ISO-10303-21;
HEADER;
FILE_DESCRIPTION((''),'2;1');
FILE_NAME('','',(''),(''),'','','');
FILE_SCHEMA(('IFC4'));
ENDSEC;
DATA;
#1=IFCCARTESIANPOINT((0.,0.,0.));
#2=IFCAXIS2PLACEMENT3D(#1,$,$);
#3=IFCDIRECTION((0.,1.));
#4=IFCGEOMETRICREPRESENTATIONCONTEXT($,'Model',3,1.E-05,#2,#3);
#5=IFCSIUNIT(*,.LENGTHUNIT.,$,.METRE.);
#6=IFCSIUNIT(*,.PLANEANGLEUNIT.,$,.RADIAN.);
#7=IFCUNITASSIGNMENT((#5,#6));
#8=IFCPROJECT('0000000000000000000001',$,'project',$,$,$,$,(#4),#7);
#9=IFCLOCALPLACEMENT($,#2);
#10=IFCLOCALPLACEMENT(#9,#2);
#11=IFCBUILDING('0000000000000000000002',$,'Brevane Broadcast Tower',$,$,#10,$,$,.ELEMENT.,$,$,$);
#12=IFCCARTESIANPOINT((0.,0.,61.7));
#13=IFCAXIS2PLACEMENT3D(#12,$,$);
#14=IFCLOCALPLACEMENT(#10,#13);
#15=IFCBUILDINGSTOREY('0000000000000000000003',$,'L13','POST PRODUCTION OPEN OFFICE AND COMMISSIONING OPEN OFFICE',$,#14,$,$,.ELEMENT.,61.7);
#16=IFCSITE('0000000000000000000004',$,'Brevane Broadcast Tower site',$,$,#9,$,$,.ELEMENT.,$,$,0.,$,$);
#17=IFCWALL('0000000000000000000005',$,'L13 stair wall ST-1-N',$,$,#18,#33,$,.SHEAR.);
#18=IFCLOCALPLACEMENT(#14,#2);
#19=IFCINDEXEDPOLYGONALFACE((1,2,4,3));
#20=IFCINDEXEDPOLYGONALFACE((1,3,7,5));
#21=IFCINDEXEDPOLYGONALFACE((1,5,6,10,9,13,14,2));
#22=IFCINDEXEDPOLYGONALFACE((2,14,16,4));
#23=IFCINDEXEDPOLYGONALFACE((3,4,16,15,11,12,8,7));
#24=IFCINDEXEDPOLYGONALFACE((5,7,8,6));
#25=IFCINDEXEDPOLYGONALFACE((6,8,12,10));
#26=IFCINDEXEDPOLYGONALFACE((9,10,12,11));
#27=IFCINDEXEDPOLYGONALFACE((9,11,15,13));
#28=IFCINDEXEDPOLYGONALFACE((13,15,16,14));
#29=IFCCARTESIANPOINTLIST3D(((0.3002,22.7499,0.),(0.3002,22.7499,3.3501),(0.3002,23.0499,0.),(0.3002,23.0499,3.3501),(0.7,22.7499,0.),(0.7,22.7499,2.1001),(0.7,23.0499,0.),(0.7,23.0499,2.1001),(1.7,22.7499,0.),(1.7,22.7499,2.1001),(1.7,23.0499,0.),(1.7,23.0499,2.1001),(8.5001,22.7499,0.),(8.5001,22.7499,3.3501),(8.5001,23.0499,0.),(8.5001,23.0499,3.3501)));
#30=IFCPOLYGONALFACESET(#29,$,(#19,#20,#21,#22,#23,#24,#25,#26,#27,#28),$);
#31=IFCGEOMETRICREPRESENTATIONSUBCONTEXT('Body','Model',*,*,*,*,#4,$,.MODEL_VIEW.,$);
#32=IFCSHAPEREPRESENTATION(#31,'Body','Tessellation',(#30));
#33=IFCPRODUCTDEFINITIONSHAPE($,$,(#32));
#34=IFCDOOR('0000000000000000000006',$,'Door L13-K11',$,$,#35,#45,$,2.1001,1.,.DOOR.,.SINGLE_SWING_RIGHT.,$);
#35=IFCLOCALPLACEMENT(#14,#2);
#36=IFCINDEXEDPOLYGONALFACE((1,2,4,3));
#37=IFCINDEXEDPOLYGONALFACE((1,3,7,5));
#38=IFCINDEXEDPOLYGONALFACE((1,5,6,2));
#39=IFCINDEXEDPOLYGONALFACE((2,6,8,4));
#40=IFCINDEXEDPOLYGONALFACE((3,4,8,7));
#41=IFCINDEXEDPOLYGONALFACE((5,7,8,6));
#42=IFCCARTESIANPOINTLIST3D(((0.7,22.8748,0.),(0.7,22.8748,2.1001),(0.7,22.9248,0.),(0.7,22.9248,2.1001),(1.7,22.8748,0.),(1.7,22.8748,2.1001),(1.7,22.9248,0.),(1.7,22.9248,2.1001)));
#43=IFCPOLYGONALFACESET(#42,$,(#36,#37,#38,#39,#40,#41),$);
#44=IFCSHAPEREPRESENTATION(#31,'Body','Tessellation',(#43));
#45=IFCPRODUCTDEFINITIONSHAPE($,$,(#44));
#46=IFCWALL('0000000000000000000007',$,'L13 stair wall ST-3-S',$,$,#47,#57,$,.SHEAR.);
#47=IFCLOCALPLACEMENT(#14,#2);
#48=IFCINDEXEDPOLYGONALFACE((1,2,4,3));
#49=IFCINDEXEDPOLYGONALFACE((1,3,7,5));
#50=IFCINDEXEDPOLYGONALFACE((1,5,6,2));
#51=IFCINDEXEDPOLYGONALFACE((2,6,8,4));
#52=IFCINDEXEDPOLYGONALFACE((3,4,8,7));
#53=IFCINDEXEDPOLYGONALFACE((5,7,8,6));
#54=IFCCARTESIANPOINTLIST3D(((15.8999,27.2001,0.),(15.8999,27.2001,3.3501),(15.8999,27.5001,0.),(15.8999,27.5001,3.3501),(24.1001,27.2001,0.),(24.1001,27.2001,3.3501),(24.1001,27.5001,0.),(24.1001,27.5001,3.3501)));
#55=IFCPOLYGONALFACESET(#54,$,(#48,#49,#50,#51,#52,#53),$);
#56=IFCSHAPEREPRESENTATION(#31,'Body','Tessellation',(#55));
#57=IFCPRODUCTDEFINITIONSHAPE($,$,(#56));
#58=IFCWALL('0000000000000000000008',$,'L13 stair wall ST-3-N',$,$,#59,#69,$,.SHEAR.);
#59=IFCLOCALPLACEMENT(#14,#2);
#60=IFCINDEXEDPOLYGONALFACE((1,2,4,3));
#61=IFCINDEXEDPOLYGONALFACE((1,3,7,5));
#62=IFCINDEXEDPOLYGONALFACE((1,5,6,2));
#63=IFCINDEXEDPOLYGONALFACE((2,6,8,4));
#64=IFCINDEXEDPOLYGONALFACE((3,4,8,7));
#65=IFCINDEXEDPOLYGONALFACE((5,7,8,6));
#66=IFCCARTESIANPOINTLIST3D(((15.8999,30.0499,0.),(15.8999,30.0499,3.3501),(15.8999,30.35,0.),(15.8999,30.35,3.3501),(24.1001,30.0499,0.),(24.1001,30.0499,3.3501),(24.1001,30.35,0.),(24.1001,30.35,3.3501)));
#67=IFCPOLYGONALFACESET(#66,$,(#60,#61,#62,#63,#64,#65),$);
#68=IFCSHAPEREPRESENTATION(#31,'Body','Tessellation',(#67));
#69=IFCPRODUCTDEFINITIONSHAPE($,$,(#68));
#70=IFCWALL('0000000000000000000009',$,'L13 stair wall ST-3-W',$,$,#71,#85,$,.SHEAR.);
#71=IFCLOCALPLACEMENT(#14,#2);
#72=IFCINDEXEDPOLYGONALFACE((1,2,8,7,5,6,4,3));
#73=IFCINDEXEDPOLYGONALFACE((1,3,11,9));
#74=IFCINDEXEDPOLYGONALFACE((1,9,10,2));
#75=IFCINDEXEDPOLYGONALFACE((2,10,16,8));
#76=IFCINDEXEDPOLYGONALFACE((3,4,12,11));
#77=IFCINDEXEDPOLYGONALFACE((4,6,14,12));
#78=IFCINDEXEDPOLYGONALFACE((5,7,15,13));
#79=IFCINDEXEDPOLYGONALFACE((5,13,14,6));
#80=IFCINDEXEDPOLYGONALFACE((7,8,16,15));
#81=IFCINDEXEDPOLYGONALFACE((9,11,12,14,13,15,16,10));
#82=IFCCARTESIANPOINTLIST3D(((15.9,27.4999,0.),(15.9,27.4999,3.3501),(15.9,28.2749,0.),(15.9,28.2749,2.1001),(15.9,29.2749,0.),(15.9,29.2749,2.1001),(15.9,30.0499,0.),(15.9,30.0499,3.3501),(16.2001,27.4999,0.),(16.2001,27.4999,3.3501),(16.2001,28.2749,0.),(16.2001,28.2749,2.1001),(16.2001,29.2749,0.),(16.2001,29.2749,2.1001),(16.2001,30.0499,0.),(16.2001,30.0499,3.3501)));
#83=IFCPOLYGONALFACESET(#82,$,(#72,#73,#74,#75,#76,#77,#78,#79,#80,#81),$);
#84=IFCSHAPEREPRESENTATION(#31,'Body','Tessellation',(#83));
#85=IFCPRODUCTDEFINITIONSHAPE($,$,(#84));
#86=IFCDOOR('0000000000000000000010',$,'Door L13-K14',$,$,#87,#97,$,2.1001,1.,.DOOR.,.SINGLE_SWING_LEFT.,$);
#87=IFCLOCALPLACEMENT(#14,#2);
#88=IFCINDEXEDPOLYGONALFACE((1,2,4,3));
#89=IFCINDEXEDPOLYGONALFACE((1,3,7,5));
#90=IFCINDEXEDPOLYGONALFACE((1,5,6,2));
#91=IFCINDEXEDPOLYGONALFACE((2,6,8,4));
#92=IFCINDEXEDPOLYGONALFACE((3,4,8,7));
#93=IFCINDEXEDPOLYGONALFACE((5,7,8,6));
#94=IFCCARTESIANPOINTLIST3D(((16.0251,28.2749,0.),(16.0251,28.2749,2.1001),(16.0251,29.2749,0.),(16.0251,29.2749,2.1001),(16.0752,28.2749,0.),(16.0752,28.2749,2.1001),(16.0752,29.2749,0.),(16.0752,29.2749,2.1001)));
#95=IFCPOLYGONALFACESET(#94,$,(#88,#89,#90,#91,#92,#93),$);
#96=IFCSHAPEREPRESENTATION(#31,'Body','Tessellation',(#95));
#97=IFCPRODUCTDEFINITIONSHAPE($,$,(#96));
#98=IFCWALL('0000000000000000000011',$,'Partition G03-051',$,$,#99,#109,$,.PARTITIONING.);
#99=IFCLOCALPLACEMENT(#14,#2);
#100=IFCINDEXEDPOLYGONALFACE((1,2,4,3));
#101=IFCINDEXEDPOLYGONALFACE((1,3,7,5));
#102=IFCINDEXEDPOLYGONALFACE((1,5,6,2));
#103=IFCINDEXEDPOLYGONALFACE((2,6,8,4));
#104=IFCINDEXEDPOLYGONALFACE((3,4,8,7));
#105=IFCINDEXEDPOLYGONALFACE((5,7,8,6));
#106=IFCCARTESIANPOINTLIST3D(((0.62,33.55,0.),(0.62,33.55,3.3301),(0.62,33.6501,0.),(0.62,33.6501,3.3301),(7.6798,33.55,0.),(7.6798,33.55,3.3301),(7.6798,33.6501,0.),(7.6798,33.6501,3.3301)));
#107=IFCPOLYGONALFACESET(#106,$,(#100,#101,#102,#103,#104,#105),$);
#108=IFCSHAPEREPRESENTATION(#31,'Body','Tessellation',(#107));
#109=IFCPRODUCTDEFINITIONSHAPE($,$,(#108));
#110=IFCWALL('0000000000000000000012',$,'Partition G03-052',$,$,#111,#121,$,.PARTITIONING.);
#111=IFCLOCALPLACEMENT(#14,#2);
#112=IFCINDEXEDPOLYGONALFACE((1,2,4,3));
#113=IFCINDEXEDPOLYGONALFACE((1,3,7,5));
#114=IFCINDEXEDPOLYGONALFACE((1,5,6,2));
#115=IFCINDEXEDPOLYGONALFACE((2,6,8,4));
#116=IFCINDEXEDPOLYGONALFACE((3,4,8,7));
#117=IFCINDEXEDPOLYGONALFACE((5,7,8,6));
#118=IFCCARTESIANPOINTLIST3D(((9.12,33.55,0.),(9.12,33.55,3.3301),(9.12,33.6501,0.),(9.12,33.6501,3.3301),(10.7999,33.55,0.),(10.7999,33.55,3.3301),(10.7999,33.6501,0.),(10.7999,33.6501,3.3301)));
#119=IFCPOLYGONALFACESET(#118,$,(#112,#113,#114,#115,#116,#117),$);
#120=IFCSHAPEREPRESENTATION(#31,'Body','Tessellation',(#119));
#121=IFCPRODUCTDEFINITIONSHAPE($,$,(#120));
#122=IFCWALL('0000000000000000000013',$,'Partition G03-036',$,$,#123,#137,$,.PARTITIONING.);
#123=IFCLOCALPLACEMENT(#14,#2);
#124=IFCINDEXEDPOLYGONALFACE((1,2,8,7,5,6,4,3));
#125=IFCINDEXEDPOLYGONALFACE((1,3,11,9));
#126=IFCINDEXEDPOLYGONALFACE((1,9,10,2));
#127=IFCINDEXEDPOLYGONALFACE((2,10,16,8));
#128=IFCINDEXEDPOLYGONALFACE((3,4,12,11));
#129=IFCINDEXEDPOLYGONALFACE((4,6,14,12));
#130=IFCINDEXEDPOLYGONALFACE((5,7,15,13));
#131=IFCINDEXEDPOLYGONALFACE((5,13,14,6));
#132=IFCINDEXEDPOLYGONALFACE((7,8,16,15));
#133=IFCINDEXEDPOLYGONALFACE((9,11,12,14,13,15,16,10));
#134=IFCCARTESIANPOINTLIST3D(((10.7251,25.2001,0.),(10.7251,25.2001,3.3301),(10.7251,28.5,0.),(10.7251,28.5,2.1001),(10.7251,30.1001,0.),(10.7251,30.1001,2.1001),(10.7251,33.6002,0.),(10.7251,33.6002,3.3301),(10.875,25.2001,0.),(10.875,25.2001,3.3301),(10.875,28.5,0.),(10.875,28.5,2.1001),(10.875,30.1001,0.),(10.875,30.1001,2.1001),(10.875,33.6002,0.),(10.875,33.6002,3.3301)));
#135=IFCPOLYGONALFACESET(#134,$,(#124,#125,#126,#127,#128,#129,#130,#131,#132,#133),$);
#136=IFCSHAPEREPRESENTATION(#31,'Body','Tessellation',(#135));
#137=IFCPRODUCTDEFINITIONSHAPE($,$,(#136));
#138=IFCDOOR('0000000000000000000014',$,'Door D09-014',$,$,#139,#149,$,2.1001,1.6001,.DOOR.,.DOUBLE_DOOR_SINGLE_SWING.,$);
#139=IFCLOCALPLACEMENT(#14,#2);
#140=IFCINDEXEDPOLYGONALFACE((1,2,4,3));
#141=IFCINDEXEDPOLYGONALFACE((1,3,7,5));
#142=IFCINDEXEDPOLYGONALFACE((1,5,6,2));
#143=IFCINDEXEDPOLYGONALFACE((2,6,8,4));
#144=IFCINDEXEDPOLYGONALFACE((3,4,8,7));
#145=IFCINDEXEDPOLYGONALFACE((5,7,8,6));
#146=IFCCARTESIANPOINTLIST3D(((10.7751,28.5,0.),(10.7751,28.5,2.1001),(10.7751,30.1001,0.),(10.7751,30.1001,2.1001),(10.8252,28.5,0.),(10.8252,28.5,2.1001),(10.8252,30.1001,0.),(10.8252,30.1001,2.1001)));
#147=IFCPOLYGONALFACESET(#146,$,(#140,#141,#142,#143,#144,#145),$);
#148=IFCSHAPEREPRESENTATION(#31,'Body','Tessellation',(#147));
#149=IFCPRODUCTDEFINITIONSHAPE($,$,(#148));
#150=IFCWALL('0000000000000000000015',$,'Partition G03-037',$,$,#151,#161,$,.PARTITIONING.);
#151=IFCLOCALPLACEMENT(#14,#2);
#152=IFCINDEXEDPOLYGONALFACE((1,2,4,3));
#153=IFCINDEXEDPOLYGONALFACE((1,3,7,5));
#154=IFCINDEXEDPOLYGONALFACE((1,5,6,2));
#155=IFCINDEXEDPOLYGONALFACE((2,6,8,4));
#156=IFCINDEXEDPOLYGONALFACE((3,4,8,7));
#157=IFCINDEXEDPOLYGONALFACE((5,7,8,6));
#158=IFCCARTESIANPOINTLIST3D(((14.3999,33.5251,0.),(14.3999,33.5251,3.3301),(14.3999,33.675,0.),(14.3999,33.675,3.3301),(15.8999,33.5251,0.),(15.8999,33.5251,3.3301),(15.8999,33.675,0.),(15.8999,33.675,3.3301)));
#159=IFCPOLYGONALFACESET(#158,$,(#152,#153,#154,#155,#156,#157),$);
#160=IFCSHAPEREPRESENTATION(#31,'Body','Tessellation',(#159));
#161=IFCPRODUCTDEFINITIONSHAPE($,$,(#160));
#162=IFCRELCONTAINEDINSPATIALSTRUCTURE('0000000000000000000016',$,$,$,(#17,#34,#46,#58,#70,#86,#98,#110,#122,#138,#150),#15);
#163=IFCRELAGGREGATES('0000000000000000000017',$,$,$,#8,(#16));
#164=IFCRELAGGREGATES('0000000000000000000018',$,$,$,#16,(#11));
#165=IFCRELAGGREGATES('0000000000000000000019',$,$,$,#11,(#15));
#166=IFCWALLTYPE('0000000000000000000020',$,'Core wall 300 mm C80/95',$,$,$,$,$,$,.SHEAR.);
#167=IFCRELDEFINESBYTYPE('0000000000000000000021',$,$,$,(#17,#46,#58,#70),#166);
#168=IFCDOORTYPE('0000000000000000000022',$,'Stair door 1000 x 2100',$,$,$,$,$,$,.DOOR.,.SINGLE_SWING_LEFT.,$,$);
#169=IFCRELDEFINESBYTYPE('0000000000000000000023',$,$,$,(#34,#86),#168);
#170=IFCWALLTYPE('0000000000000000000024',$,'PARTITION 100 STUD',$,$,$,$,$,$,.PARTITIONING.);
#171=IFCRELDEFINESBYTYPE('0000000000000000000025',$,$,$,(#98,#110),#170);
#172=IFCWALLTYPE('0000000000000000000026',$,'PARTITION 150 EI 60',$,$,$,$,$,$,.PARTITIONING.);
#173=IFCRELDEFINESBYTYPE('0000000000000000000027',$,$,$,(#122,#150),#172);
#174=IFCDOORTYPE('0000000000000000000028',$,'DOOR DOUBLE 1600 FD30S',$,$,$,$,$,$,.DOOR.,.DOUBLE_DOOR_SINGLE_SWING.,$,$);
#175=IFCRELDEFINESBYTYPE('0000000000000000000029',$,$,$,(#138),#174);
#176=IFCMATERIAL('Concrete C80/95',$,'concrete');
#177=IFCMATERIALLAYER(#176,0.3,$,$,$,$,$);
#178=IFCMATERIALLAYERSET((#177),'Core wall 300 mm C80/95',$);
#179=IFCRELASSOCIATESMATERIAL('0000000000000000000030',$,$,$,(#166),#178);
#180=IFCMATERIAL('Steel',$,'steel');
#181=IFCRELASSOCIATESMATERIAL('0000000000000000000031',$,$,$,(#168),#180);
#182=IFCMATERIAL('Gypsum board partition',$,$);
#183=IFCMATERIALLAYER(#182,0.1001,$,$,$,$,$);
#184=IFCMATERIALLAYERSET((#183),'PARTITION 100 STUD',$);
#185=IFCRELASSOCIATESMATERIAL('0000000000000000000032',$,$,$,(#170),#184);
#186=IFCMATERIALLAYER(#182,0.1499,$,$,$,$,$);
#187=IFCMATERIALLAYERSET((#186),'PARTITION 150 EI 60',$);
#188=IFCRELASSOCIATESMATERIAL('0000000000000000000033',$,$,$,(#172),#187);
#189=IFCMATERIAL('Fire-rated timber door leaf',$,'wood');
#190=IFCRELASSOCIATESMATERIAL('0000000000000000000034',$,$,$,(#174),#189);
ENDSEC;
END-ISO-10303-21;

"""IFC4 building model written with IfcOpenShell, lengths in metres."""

from ifc_helpers import new_model, si_unit, direction, frame, frame_2d, origin, place, context, subcontext, project, spatial, rectangle, extrude, material, layer, layer_set, type_object, element, fill, save


model = new_model("IFC4")

# Units and contexts
model_context = context("Model", 3, precision=1e-05, world=origin(), true_north=direction((0.0, 1.0)))
body_context = subcontext(model_context, "Body", "Model", "MODEL_VIEW")
ifc_project = project(units=[si_unit("LENGTHUNIT", "METRE"), si_unit("PLANEANGLEUNIT", "RADIAN")], contexts=[model_context])

# Site, building, storey
site_placement = place(None, origin())
site = spatial("IfcSite", under=ifc_project, at=site_placement, Name="Brevane Broadcast Tower site", CompositionType="ELEMENT", RefElevation=0.0)
building_placement = place(site_placement, origin())
building = spatial("IfcBuilding", under=site, at=building_placement, Name="Brevane Broadcast Tower", CompositionType="ELEMENT")
storey_placement = place(building_placement, frame((0.0, 0.0, 61.7)))
storey = spatial("IfcBuildingStorey", under=building, at=storey_placement, Name="L13", Description="POST PRODUCTION OPEN OFFICE AND COMMISSIONING OPEN OFFICE", CompositionType="ELEMENT", Elevation=61.7)

# Shared definitions
ifc_material_1 = material(Name="Concrete C80/95", Category="concrete")

# Wall, opening, door
ifc_layer_1 = layer(ifc_material_1, 0.3)
ifc_layer_set_1 = layer_set([ifc_layer_1], Name="Core wall 300 mm C80/95")
wall_type_1 = type_object("IfcWallType", Name="Core wall 300 mm C80/95", PredefinedType="SHEAR", material=ifc_layer_set_1)
wall_1_placement = place(storey_placement, frame((0.3, 22.8999, 0.0), z_axis=(0.0, 0.0, 1.0), x_axis=(1.0, 0.0, 0.0)))
wall_1 = element("IfcWall", 1, at=wall_1_placement, inside=storey, type_object=wall_type_1, Name="L13 stair wall ST-1-N", PredefinedType="SHEAR", context=body_context, shape_type="SweptSolid", body=[
    extrude(rectangle(XDim=8.2, YDim=0.3, at=frame_2d((4.1001, 0.0))), origin(), (0.0, 0.0, 1.0), 3.3501),
])
opening_1_placement = place(wall_1_placement, frame((0.3999, 0.0, 0.0)))
opening_1 = element("IfcOpeningElement", 2, at=opening_1_placement, cuts=wall_1, PredefinedType="OPENING", context=body_context, shape_type="SweptSolid", body=[
    extrude(rectangle(XDim=1.0, YDim=2.1001, at=frame_2d((0.5, 1.05))), frame((0.0, 0.1599, 0.0), z_axis=(0.0, -1.0, 0.0), x_axis=(1.0, 0.0, 0.0)), (0.0, 0.0, 1.0), 0.3201),
])
ifc_material_2 = material(Name="Steel", Category="steel")
door_type_1 = type_object("IfcDoorType", Name="Stair door 1000 x 2100", OperationType="SINGLE_SWING_LEFT", PredefinedType="DOOR", material=ifc_material_2)
door_1_placement = place(opening_1_placement, origin())
door_1 = element("IfcDoor", 3, at=door_1_placement, inside=storey, type_object=door_type_1, Name="Door L13-K11", OperationType="SINGLE_SWING_RIGHT", OverallHeight=2.1001, OverallWidth=1.0, PredefinedType="DOOR", context=body_context, shape_type="SweptSolid", body=[
    extrude(rectangle(XDim=1.0, YDim=2.1001, at=frame_2d((0.5, 1.05))), frame((0.0, 0.0249, 0.0), z_axis=(0.0, -1.0, 0.0), x_axis=(1.0, 0.0, 0.0)), (0.0, 0.0, 1.0), 0.05),
])
fill(opening_1, door_1)

# Walls
for number, where, z_axis, x_axis, name in (
    (4, (15.8999, 27.3501, 0.0), (0.0, 0.0, 1.0), (1.0, 0.0, 0.0), "L13 stair wall ST-3-S"),
    (5, (15.8999, 30.2, 0.0), (0.0, 0.0, 1.0), (1.0, 0.0, 0.0), "L13 stair wall ST-3-N"),
):
    element("IfcWall", number, at=place(storey_placement, frame(where, z_axis=z_axis, x_axis=x_axis)), inside=storey, type_object=wall_type_1, Name=name, PredefinedType="SHEAR", context=body_context, shape_type="SweptSolid", body=[
        extrude(rectangle(XDim=8.2002, YDim=0.3, at=frame_2d((4.1001, 0.0))), origin(), (0.0, 0.0, 1.0), 3.3501),
    ])

# Wall, opening, door
wall_2_placement = place(storey_placement, frame((16.05, 27.5, 0.0), z_axis=(0.0, 0.0, 1.0), x_axis=(0.0, 1.0, 0.0)))
wall_2 = element("IfcWall", 6, at=wall_2_placement, inside=storey, type_object=wall_type_1, Name="L13 stair wall ST-3-W", PredefinedType="SHEAR", context=body_context, shape_type="SweptSolid", body=[
    extrude(rectangle(XDim=2.55, YDim=0.3, at=frame_2d((1.2749, 0.0))), origin(), (0.0, 0.0, 1.0), 3.3501),
])
opening_2_placement = place(wall_2_placement, frame((0.7749, 0.0, 0.0)))
opening_2 = element("IfcOpeningElement", 7, at=opening_2_placement, cuts=wall_2, PredefinedType="OPENING", context=body_context, shape_type="SweptSolid", body=[
    extrude(rectangle(XDim=1.0, YDim=2.1001, at=frame_2d((0.5, 1.05))), frame((0.0, 0.1599, 0.0), z_axis=(0.0, -1.0, 0.0), x_axis=(1.0, 0.0, 0.0)), (0.0, 0.0, 1.0), 0.3201),
])
door_2_placement = place(opening_2_placement, origin())
door_2 = element("IfcDoor", 8, at=door_2_placement, inside=storey, type_object=door_type_1, Name="Door L13-K14", OperationType="SINGLE_SWING_LEFT", OverallHeight=2.1001, OverallWidth=1.0, PredefinedType="DOOR", context=body_context, shape_type="SweptSolid", body=[
    extrude(rectangle(XDim=1.0, YDim=2.1001, at=frame_2d((0.5, 1.05))), frame((0.0, 0.0249, 0.0), z_axis=(0.0, -1.0, 0.0), x_axis=(1.0, 0.0, 0.0)), (0.0, 0.0, 1.0), 0.05),
])
fill(opening_2, door_2)

# Walls
ifc_material_3 = material(Name="Gypsum board partition")
ifc_layer_2 = layer(ifc_material_3, 0.1001)
ifc_layer_set_2 = layer_set([ifc_layer_2], Name="PARTITION 100 STUD")
wall_type_2 = type_object("IfcWallType", Name="PARTITION 100 STUD", PredefinedType="PARTITIONING", material=ifc_layer_set_2)
wall_3_placement = place(storey_placement, frame((0.6201, 33.6001, 0.0), z_axis=(0.0, 0.0, 1.0), x_axis=(1.0, 0.0, 0.0)))
element("IfcWall", 9, at=wall_3_placement, inside=storey, type_object=wall_type_2, Name="Partition G03-051", PredefinedType="PARTITIONING", context=body_context, shape_type="SweptSolid", body=[
    extrude(rectangle(XDim=7.0598, YDim=0.1001, at=frame_2d((3.5298, 0.0))), origin(), (0.0, 0.0, 1.0), 3.3301),
])
wall_4_placement = place(storey_placement, frame((9.1201, 33.6001, 0.0), z_axis=(0.0, 0.0, 1.0), x_axis=(1.0, 0.0, 0.0)))
element("IfcWall", 10, at=wall_4_placement, inside=storey, type_object=wall_type_2, Name="Partition G03-052", PredefinedType="PARTITIONING", context=body_context, shape_type="SweptSolid", body=[
    extrude(rectangle(XDim=1.6799, YDim=0.1001, at=frame_2d((0.8398, 0.0))), origin(), (0.0, 0.0, 1.0), 3.3301),
])

# Wall, opening, door
ifc_layer_3 = layer(ifc_material_3, 0.1499)
ifc_layer_set_3 = layer_set([ifc_layer_3], Name="PARTITION 150 EI 60")
wall_type_3 = type_object("IfcWallType", Name="PARTITION 150 EI 60", PredefinedType="PARTITIONING", material=ifc_layer_set_3)
wall_5_placement = place(storey_placement, frame((10.8, 25.2, 0.0), z_axis=(0.0, 0.0, 1.0), x_axis=(0.0, 1.0, 0.0)))
wall_5 = element("IfcWall", 11, at=wall_5_placement, inside=storey, type_object=wall_type_3, Name="Partition G03-036", PredefinedType="PARTITIONING", context=body_context, shape_type="SweptSolid", body=[
    extrude(rectangle(XDim=8.4001, YDim=0.1499, at=frame_2d((4.2002, 0.0))), origin(), (0.0, 0.0, 1.0), 3.3301),
])
opening_3_placement = place(wall_5_placement, frame((3.3, 0.0, 0.0)))
opening_3 = element("IfcOpeningElement", 12, at=opening_3_placement, cuts=wall_5, PredefinedType="OPENING", context=body_context, shape_type="SweptSolid", body=[
    extrude(rectangle(XDim=1.6001, YDim=2.1001, at=frame_2d((0.8, 1.05))), frame((0.0, 0.085, 0.0), z_axis=(0.0, -1.0, 0.0), x_axis=(1.0, 0.0, 0.0)), (0.0, 0.0, 1.0), 0.1699),
])
ifc_material_4 = material(Name="Fire-rated timber door leaf", Category="wood")
door_type_2 = type_object("IfcDoorType", Name="DOOR DOUBLE 1600 FD30S", OperationType="DOUBLE_DOOR_SINGLE_SWING", PredefinedType="DOOR", material=ifc_material_4)
door_3_placement = place(opening_3_placement, origin())
door_3 = element("IfcDoor", 13, at=door_3_placement, inside=storey, type_object=door_type_2, Name="Door D09-014", OperationType="DOUBLE_DOOR_SINGLE_SWING", OverallHeight=2.1001, OverallWidth=1.6001, PredefinedType="DOOR", context=body_context, shape_type="SweptSolid", body=[
    extrude(rectangle(XDim=1.6001, YDim=2.1001, at=frame_2d((0.8, 1.05))), frame((0.0, 0.0249, 0.0), z_axis=(0.0, -1.0, 0.0), x_axis=(1.0, 0.0, 0.0)), (0.0, 0.0, 1.0), 0.05),
])
fill(opening_3, door_3)

# Wall
wall_6_placement = place(storey_placement, frame((14.3999, 33.6001, 0.0), z_axis=(0.0, 0.0, 1.0), x_axis=(1.0, 0.0, 0.0)))
element("IfcWall", 14, at=wall_6_placement, inside=storey, type_object=wall_type_3, Name="Partition G03-037", PredefinedType="PARTITIONING", context=body_context, shape_type="SweptSolid", body=[
    extrude(rectangle(XDim=1.5, YDim=0.1499, at=frame_2d((0.75, 0.0))), origin(), (0.0, 0.0, 1.0), 3.3301),
])

save(model, "model.ifc")
